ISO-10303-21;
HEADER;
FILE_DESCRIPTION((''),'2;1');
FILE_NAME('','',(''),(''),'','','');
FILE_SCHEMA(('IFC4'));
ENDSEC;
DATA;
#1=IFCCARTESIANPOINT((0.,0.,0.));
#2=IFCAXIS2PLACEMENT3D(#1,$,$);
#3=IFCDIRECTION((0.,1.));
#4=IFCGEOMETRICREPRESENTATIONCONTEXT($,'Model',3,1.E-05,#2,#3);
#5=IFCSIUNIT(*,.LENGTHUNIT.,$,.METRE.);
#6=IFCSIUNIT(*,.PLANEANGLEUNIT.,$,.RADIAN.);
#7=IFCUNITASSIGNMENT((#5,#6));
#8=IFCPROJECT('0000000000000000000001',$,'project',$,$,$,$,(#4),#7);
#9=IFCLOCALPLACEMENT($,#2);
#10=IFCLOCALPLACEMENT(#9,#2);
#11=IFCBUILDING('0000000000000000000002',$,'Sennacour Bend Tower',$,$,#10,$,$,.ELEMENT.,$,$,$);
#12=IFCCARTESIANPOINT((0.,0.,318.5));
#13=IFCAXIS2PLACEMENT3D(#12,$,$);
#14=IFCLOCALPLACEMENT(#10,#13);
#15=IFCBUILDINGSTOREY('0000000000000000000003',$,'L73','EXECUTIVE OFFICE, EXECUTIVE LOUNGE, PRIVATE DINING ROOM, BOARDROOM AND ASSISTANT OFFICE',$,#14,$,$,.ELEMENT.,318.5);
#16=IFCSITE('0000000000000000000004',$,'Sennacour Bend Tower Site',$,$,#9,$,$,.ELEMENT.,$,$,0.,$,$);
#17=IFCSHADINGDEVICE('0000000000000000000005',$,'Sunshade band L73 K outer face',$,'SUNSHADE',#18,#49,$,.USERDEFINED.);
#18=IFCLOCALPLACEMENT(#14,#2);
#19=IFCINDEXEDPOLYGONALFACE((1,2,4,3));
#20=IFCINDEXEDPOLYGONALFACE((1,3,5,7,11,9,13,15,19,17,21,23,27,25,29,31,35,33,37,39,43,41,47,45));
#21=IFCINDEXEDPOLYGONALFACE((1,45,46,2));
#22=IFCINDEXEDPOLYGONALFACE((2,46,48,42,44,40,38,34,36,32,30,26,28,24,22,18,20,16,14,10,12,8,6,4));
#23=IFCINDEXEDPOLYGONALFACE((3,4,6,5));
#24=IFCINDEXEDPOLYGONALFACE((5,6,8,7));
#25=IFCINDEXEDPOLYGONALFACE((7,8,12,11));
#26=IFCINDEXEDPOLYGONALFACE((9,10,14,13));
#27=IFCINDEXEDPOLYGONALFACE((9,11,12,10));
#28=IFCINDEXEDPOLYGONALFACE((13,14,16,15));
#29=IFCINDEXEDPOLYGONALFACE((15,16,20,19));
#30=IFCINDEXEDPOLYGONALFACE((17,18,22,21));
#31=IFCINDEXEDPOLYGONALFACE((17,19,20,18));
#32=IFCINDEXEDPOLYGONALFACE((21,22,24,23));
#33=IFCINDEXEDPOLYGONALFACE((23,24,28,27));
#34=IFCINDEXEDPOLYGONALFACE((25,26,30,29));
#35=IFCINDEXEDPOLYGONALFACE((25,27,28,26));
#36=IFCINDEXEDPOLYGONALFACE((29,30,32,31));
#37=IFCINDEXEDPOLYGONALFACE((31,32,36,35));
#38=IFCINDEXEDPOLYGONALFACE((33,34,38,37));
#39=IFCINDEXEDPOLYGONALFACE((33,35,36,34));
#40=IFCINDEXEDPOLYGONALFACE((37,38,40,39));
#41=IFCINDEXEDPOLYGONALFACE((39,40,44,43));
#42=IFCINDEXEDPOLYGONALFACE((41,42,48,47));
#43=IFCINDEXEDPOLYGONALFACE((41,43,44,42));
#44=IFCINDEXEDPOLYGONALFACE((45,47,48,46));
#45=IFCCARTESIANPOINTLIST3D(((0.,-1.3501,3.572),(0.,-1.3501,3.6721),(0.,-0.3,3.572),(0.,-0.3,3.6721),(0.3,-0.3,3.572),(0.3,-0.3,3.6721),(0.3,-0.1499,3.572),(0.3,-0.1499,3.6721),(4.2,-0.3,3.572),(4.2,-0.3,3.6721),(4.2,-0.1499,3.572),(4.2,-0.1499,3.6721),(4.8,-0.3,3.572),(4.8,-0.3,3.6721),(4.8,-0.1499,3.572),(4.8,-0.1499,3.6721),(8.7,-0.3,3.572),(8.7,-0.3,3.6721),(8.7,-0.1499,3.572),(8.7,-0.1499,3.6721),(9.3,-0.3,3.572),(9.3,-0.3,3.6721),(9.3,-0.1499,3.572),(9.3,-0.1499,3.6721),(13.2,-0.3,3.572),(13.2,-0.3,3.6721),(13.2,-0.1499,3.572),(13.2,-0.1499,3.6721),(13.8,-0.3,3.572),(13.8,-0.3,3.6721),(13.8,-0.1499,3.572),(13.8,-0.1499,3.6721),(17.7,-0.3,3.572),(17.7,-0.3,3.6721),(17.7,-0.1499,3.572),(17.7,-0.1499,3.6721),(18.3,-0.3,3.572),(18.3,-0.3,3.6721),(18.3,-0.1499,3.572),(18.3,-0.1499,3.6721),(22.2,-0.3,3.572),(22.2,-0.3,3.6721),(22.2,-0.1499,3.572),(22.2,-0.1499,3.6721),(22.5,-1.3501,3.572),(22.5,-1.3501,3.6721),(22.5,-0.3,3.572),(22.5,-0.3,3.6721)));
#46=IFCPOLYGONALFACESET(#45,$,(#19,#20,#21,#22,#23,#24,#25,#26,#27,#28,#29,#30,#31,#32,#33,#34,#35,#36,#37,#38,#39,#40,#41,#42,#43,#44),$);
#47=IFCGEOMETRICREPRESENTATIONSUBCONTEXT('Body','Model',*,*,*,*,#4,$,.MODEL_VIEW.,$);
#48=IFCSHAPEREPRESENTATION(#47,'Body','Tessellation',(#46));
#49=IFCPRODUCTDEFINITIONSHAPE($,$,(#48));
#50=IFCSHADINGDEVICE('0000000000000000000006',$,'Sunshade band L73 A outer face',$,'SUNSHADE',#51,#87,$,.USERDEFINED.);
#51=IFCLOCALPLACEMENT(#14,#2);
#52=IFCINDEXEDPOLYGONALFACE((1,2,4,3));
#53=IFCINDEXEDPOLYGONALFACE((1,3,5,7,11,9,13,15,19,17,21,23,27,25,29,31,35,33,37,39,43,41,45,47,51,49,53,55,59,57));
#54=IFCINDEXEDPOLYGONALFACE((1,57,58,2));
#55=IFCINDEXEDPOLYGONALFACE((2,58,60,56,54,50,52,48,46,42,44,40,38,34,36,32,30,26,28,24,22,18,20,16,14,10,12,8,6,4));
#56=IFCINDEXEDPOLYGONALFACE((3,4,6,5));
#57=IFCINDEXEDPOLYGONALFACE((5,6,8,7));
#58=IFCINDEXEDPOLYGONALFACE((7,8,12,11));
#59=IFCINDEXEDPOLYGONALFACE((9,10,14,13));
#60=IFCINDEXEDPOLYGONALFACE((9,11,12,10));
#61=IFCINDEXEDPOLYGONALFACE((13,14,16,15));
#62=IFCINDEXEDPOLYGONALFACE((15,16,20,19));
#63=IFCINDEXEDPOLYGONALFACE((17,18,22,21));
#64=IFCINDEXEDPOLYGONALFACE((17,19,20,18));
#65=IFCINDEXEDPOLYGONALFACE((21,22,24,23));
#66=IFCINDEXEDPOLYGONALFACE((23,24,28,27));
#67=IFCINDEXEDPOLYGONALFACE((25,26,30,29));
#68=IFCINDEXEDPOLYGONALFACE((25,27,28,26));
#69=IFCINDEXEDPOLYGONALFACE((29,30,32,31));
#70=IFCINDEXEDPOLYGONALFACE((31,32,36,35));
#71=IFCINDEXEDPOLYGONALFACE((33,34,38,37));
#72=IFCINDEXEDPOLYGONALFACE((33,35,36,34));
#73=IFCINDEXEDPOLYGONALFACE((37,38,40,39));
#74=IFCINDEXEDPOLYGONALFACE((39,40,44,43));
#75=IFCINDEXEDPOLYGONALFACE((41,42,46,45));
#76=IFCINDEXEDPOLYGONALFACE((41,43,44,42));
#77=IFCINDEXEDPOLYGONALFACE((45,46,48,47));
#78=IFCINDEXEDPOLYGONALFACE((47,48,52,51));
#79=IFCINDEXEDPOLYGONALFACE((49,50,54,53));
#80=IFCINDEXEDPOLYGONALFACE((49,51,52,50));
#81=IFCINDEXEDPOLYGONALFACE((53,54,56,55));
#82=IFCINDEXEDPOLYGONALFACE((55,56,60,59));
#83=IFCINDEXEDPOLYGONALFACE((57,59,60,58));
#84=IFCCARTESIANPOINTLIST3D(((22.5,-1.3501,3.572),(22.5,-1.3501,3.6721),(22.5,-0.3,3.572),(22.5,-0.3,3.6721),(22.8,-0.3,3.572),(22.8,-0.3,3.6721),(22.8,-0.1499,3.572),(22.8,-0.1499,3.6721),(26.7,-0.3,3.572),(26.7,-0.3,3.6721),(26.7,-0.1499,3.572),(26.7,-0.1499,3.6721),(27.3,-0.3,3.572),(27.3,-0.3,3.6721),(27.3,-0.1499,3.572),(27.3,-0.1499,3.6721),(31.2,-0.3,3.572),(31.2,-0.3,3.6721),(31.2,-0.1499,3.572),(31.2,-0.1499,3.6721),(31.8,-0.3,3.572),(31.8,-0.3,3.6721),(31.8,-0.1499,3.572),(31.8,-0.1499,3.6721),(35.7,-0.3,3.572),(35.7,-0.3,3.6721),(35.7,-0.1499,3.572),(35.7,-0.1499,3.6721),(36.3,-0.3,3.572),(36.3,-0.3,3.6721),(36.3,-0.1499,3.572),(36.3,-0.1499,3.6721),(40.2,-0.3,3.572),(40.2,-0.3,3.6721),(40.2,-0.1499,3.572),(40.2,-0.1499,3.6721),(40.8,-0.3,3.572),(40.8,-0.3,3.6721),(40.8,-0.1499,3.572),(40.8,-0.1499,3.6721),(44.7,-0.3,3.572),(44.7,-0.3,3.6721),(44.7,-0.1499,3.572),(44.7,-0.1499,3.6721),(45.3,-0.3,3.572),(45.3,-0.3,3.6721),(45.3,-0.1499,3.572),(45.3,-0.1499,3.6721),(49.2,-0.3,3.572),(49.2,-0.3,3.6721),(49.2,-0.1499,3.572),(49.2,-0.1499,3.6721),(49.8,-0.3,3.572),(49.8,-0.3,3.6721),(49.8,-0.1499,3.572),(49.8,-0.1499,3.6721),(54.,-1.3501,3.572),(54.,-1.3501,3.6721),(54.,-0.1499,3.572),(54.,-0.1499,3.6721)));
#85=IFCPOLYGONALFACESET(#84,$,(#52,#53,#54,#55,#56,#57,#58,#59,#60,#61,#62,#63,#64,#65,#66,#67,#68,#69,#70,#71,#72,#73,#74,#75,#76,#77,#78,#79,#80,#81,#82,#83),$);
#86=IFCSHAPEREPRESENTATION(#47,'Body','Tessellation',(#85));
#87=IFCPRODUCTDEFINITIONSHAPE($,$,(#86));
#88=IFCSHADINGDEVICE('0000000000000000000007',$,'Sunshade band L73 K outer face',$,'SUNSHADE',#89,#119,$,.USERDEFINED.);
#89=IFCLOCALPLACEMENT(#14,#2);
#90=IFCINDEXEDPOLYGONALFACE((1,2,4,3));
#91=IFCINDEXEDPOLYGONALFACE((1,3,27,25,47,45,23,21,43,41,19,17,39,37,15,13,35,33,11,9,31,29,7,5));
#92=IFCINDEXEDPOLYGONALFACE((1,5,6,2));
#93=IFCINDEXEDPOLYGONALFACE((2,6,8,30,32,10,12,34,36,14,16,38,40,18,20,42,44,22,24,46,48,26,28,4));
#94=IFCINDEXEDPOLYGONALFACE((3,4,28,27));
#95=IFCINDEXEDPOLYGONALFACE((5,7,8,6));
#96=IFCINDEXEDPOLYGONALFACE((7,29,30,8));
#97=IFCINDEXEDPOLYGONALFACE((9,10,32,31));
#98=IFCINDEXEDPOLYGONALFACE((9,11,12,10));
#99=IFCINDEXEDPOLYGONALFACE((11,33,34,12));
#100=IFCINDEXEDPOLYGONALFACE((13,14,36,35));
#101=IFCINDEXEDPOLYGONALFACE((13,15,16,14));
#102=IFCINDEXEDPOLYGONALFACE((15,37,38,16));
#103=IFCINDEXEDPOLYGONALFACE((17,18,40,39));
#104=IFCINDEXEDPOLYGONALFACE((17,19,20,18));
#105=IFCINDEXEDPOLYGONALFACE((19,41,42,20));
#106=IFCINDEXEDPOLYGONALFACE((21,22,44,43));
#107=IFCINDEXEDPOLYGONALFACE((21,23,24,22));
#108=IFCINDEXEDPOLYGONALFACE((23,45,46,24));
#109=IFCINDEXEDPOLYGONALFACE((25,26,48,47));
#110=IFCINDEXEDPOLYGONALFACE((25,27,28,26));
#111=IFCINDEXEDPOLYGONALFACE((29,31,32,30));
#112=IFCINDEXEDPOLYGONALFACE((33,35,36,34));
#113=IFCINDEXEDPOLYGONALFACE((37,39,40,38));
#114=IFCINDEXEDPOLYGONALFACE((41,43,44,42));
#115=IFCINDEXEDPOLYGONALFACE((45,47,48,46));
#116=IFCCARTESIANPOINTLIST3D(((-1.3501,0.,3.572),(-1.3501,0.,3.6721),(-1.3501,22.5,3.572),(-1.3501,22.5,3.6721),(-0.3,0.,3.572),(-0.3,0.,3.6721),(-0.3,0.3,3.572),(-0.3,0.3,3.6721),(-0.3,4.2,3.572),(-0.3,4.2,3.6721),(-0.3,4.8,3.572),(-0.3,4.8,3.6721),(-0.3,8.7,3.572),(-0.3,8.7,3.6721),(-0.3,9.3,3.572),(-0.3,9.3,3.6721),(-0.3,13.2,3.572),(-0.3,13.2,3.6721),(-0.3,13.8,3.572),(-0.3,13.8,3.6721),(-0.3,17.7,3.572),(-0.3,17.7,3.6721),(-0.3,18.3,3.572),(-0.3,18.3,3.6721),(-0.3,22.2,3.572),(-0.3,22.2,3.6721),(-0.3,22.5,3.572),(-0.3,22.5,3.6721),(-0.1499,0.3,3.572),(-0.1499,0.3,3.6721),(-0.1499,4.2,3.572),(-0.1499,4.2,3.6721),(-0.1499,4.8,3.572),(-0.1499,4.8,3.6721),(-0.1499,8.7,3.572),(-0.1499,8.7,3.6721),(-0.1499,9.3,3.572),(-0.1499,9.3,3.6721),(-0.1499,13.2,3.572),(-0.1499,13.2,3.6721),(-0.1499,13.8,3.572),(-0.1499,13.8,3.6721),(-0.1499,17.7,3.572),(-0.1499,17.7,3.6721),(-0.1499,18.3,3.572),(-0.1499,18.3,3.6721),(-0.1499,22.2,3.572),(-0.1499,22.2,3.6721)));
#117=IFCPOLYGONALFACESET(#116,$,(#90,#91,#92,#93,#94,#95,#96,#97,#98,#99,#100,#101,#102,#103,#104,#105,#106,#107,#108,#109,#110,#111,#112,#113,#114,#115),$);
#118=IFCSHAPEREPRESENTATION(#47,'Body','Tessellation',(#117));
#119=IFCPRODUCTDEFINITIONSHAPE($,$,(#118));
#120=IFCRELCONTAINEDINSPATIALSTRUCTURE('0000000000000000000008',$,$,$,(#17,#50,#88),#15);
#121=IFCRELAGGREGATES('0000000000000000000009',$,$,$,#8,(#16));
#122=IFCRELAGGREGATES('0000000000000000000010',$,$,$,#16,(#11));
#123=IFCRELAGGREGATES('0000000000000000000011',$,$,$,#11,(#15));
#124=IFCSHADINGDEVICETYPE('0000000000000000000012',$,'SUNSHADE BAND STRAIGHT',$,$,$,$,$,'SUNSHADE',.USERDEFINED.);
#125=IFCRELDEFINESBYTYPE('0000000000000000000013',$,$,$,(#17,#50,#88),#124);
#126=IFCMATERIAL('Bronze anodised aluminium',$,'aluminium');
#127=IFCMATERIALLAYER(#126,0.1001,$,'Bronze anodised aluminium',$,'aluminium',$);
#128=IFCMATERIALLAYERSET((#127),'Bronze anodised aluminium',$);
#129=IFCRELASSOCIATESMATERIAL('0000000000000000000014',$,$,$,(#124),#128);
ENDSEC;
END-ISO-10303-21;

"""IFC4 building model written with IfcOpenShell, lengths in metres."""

from ifc_helpers import new_model, si_unit, direction, frame, origin, place, context, subcontext, project, spatial, polyline, outline, extrude, material, layer, layer_set, type_object, element, save


model = new_model("IFC4")

# Units and contexts
model_context = context("Model", 3, precision=1e-05, world=origin(), true_north=direction((0.0, 1.0)))
body_context = subcontext(model_context, "Body", "Model", "MODEL_VIEW")
ifc_project = project(units=[si_unit("LENGTHUNIT", "METRE"), si_unit("PLANEANGLEUNIT", "RADIAN")], contexts=[model_context])

# Site, building, storey
site_placement = place(None, origin())
site = spatial("IfcSite", under=ifc_project, at=site_placement, Name="Sennacour Bend Tower Site", CompositionType="ELEMENT", RefElevation=0.0)
building_placement = place(site_placement, origin())
building = spatial("IfcBuilding", under=site, at=building_placement, Name="Sennacour Bend Tower", CompositionType="ELEMENT")
storey_placement = place(building_placement, frame((0.0, 0.0, 318.5)))
storey = spatial("IfcBuildingStorey", under=building, at=storey_placement, Name="L73", Description="EXECUTIVE OFFICE, EXECUTIVE LOUNGE, PRIVATE DINING ROOM, BOARDROOM AND ASSISTANT OFFICE", CompositionType="ELEMENT", Elevation=318.5)

# Shading devices
ifc_material_1 = material(Name="Bronze anodised aluminium", Category="aluminium")
ifc_layer_1 = layer(ifc_material_1, 0.1001, Name="Bronze anodised aluminium", Category="aluminium")
ifc_layer_set_1 = layer_set([ifc_layer_1], Name="Bronze anodised aluminium")
shading_device_type_1 = type_object("IfcShadingDeviceType", Name="SUNSHADE BAND STRAIGHT", ElementType="SUNSHADE", PredefinedType="USERDEFINED", material=ifc_layer_set_1)
shading_device_1_placement = place(storey_placement, frame((0.0, 0.0, 3.572)))
element("IfcShadingDevice", 1, at=shading_device_1_placement, inside=storey, type_object=shading_device_type_1, Name="Sunshade band L73 K outer face", ObjectType="SUNSHADE", PredefinedType="USERDEFINED", context=body_context, shape_type="SweptSolid", body=[
    extrude(outline(polyline([(4.2, -0.1499), (4.2, -0.3), (4.8, -0.3), (4.8, -0.1499), (8.7, -0.1499), (8.7, -0.3), (9.3, -0.3), (9.3, -0.1499), (13.2, -0.1499), (13.2, -0.3), (13.8, -0.3), (13.8, -0.1499), (17.7, -0.1499), (17.7, -0.3), (18.3, -0.3), (18.3, -0.1499), (22.2, -0.1499), (22.2, -0.3), (22.5, -0.3), (22.5, -1.3501), (0.0, -1.3501), (0.0, -0.3), (0.3, -0.3), (0.3, -0.1499), (4.2, -0.1499)])), origin(), (0.0, 0.0, 1.0), 0.1001),
])
shading_device_2_placement = place(storey_placement, frame((0.0, 0.0, 3.572)))
element("IfcShadingDevice", 2, at=shading_device_2_placement, inside=storey, type_object=shading_device_type_1, Name="Sunshade band L73 A outer face", ObjectType="SUNSHADE", PredefinedType="USERDEFINED", context=body_context, shape_type="SweptSolid", body=[
    extrude(outline(polyline([(26.7, -0.1499), (26.7, -0.3), (27.3, -0.3), (27.3, -0.1499), (31.2, -0.1499), (31.2, -0.3), (31.8, -0.3), (31.8, -0.1499), (35.7, -0.1499), (35.7, -0.3), (36.3, -0.3), (36.3, -0.1499), (40.2, -0.1499), (40.2, -0.3), (40.8, -0.3), (40.8, -0.1499), (44.7, -0.1499), (44.7, -0.3), (45.3, -0.3), (45.3, -0.1499), (49.2, -0.1499), (49.2, -0.3), (49.8, -0.3), (49.8, -0.1499), (54.0, -0.1499), (54.0, -1.3501), (22.5, -1.3501), (22.5, -0.3), (22.8, -0.3), (22.8, -0.1499), (26.7, -0.1499)])), origin(), (0.0, 0.0, 1.0), 0.1001),
])
shading_device_3_placement = place(storey_placement, frame((0.0, 0.0, 3.572)))
element("IfcShadingDevice", 3, at=shading_device_3_placement, inside=storey, type_object=shading_device_type_1, Name="Sunshade band L73 K outer face", ObjectType="SUNSHADE", PredefinedType="USERDEFINED", context=body_context, shape_type="SweptSolid", body=[
    extrude(outline(polyline([(-0.1499, 18.3), (-0.3, 18.3), (-0.3, 17.7), (-0.1499, 17.7), (-0.1499, 13.8), (-0.3, 13.8), (-0.3, 13.2), (-0.1499, 13.2), (-0.1499, 9.3), (-0.3, 9.3), (-0.3, 8.7), (-0.1499, 8.7), (-0.1499, 4.8), (-0.3, 4.8), (-0.3, 4.2), (-0.1499, 4.2), (-0.1499, 0.3), (-0.3, 0.3), (-0.3, 0.0), (-1.3501, 0.0), (-1.3501, 22.5), (-0.3, 22.5), (-0.3, 22.2), (-0.1499, 22.2), (-0.1499, 18.3)])), origin(), (0.0, 0.0, 1.0), 0.1001),
])

save(model, "model.ifc")
